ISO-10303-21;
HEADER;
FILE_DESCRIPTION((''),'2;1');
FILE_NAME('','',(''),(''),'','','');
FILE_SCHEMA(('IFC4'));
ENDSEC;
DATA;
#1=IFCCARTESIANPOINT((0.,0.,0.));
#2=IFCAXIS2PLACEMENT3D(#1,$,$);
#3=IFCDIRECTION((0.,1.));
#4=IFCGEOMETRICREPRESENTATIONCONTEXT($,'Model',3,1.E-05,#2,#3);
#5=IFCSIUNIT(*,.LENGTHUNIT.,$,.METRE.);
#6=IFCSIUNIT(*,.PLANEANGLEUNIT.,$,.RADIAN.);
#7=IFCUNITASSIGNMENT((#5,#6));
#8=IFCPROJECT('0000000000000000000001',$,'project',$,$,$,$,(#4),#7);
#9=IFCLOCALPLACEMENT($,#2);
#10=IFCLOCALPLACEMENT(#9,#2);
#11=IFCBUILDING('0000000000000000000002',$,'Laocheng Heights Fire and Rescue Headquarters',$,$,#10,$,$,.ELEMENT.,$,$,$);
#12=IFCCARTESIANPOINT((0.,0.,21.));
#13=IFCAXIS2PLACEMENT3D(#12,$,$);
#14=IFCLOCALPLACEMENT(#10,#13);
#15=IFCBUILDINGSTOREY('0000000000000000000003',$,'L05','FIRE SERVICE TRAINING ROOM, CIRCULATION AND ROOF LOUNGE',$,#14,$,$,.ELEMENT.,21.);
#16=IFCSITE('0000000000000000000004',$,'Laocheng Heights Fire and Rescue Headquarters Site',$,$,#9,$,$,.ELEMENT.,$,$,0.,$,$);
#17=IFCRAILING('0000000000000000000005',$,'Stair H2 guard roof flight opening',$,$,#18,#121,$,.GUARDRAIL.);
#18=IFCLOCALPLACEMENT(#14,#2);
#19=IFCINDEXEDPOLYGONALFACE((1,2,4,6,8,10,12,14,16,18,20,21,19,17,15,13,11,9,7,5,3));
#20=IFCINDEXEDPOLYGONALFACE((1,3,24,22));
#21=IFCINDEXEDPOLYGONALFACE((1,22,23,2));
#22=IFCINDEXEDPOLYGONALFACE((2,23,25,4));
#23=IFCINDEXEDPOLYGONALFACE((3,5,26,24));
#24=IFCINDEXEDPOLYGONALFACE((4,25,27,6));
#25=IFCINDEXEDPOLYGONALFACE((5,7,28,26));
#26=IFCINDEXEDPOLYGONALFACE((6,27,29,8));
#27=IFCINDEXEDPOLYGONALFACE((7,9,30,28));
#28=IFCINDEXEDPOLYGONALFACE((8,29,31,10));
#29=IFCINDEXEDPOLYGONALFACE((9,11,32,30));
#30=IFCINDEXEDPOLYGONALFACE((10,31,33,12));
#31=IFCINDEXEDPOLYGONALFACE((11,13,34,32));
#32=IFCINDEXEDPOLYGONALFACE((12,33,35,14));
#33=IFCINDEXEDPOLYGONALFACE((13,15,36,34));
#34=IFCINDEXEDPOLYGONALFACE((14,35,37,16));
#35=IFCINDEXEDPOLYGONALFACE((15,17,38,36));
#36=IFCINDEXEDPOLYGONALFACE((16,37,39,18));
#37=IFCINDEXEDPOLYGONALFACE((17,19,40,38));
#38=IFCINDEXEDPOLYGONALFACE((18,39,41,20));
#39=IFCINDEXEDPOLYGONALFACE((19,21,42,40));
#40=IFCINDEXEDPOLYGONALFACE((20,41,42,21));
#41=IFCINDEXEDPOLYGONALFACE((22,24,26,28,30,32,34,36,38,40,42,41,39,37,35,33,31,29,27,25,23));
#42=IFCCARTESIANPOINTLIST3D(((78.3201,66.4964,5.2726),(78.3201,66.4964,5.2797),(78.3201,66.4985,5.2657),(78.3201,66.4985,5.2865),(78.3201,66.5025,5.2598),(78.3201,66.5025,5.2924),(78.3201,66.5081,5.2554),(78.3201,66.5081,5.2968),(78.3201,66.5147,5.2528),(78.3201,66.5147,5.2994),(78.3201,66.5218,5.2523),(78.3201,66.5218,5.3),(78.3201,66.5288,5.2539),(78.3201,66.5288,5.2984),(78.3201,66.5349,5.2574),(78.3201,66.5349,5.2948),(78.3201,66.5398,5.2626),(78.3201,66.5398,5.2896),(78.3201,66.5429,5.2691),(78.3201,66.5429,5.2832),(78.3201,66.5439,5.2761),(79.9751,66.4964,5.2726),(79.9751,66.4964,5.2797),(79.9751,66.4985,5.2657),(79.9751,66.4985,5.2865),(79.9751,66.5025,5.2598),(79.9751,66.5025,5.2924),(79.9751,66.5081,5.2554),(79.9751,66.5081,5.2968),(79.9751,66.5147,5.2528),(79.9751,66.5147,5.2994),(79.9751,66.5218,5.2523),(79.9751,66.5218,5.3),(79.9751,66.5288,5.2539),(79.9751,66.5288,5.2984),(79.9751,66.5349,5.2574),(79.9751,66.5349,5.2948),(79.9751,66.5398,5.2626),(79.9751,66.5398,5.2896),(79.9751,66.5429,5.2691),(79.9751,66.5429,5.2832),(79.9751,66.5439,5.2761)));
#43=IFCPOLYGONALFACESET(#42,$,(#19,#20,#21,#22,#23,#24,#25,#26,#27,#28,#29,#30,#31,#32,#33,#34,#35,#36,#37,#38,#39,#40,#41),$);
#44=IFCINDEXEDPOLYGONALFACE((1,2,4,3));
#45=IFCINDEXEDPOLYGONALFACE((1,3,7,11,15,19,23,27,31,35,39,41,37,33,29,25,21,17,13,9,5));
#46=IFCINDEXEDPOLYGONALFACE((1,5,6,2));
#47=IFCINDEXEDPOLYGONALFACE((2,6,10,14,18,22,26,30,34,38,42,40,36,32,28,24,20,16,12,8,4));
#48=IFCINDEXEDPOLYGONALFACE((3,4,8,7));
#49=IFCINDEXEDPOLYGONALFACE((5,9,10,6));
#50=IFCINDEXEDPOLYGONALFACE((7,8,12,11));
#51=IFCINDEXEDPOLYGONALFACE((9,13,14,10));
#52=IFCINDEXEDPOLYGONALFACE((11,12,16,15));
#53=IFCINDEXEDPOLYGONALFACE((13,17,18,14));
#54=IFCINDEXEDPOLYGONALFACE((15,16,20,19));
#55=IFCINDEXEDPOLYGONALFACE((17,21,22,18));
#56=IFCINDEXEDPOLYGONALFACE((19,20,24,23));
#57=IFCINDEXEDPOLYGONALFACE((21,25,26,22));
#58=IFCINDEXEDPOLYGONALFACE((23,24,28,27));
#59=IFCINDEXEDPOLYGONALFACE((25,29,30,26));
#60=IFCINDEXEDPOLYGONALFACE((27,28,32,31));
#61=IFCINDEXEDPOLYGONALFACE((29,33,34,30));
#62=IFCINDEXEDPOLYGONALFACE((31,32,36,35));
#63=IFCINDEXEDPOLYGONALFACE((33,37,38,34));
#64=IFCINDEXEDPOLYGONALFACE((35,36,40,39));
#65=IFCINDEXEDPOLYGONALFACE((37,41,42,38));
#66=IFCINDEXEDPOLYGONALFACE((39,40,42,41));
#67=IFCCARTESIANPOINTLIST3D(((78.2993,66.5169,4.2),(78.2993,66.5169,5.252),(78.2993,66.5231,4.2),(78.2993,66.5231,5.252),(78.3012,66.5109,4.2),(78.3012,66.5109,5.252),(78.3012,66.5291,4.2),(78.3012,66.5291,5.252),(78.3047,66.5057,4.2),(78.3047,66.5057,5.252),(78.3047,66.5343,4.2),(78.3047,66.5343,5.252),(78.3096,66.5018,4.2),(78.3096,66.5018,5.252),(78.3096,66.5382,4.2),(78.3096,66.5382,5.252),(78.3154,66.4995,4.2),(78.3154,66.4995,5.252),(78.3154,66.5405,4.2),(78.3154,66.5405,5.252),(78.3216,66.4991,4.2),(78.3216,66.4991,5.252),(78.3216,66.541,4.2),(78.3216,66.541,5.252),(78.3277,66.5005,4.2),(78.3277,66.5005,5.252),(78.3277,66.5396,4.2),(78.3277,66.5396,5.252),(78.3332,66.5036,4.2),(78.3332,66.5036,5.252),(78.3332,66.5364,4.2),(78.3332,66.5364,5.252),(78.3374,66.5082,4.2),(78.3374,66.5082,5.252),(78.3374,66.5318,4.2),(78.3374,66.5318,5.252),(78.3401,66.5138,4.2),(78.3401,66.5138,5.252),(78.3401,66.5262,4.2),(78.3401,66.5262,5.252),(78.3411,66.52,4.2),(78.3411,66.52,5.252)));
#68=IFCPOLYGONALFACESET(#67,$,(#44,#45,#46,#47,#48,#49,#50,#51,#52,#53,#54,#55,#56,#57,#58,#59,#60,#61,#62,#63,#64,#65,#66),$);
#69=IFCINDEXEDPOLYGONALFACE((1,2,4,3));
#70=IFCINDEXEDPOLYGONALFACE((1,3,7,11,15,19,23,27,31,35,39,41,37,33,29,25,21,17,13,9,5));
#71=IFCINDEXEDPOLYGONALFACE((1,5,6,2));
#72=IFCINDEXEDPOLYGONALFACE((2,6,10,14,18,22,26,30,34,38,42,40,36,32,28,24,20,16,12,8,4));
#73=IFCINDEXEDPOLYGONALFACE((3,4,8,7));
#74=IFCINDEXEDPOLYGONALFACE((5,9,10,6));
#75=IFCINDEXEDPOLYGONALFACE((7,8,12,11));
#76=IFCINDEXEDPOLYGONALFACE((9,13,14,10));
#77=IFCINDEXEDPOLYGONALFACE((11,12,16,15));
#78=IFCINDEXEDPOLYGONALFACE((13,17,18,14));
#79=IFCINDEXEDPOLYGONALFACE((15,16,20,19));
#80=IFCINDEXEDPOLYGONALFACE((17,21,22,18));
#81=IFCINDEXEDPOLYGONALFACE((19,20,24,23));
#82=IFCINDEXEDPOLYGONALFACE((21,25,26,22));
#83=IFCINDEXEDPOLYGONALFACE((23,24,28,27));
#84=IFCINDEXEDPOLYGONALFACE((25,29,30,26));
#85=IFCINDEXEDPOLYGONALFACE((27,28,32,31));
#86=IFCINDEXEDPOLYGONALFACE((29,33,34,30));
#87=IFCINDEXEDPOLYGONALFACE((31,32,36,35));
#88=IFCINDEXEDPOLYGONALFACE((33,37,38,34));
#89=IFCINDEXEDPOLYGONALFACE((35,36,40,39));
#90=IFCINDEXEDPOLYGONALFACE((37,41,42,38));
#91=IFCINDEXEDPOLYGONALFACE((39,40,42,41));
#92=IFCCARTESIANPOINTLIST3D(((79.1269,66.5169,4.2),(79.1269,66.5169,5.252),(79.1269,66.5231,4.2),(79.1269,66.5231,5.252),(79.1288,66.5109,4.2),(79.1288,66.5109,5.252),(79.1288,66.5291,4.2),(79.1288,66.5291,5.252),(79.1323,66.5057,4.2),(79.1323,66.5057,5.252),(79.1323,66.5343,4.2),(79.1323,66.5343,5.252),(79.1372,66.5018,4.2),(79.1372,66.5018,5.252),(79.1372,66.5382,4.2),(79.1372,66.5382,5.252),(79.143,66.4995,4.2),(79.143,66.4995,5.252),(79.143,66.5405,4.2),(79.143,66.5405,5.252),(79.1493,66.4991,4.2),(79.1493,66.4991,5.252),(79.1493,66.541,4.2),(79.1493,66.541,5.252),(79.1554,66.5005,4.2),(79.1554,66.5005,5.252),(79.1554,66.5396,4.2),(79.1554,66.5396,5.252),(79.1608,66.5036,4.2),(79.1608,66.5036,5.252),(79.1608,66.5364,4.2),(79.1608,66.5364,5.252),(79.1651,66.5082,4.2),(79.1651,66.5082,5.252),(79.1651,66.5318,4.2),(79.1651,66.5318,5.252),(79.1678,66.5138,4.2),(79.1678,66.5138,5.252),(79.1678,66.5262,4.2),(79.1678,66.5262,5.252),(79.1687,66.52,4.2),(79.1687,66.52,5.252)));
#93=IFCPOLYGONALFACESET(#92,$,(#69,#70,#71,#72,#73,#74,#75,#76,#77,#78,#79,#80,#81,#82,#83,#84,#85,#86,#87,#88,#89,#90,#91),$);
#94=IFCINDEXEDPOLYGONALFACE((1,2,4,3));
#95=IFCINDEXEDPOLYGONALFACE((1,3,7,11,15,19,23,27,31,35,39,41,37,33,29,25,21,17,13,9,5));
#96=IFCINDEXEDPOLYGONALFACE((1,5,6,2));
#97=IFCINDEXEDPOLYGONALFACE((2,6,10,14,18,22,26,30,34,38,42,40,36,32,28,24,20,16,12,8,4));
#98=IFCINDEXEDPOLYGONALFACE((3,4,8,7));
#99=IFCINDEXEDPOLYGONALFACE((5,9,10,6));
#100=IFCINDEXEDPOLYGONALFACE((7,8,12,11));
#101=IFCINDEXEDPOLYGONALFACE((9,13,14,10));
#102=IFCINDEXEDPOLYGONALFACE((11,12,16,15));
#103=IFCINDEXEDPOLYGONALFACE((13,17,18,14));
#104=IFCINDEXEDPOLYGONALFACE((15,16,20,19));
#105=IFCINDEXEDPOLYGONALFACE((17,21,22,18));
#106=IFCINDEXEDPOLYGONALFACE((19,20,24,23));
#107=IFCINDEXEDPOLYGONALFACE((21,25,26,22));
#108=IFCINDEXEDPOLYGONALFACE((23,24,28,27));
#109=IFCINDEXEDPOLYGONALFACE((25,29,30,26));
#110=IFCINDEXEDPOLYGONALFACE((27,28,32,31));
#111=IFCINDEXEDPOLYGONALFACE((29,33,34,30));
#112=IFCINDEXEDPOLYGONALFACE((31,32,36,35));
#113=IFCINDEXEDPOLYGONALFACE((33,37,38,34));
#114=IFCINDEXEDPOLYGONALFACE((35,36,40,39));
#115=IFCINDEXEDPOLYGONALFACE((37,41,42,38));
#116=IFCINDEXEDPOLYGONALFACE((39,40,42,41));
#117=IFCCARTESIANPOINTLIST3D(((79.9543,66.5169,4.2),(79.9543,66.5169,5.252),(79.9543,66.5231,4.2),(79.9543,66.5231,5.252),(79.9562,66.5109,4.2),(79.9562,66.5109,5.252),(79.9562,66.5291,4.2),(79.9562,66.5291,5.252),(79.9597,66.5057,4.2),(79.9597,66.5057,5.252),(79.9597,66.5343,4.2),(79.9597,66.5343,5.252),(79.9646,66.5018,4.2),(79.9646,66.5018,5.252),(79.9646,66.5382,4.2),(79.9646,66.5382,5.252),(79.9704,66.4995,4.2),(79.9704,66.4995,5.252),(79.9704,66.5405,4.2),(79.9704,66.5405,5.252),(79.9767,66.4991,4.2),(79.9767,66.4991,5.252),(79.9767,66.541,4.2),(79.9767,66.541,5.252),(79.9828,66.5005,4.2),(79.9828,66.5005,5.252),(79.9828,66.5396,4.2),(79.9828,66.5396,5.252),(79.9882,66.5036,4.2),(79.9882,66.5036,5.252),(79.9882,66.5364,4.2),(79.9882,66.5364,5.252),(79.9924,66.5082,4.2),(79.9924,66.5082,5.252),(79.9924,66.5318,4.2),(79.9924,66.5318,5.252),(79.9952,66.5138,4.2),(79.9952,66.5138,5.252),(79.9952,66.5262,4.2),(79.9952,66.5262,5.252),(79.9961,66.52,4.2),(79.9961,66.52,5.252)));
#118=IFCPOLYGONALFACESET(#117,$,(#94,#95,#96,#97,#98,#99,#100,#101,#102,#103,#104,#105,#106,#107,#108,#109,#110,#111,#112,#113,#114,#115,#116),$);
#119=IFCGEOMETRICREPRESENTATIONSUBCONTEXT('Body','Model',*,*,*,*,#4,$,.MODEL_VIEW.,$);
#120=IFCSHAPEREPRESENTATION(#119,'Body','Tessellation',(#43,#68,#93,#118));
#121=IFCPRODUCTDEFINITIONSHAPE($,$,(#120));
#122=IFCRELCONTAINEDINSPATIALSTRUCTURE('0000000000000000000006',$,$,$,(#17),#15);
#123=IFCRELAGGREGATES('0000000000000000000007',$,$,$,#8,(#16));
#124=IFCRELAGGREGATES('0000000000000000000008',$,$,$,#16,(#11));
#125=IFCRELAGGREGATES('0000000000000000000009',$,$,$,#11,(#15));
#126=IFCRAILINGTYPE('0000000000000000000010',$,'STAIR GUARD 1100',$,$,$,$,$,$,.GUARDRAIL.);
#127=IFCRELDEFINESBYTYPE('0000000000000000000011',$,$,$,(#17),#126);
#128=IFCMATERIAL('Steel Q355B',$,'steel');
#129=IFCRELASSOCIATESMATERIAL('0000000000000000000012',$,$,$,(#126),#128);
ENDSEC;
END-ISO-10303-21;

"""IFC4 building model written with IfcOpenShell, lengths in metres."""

from ifc_helpers import new_model, si_unit, direction, frame, origin, origin_2d, place, context, subcontext, project, spatial, circle, extrude, material, type_object, element, save


model = new_model("IFC4")

# Units and contexts
model_context = context("Model", 3, precision=1e-05, world=origin(), true_north=direction((0.0, 1.0)))
body_context = subcontext(model_context, "Body", "Model", "MODEL_VIEW")
ifc_project = project(units=[si_unit("LENGTHUNIT", "METRE"), si_unit("PLANEANGLEUNIT", "RADIAN")], contexts=[model_context])

# Site, building, storey
site_placement = place(None, origin())
site = spatial("IfcSite", under=ifc_project, at=site_placement, Name="Laocheng Heights Fire and Rescue Headquarters Site", CompositionType="ELEMENT", RefElevation=0.0)
building_placement = place(site_placement, origin())
building = spatial("IfcBuilding", under=site, at=building_placement, Name="Laocheng Heights Fire and Rescue Headquarters", CompositionType="ELEMENT")
storey_placement = place(building_placement, frame((0.0, 0.0, 21.0)))
storey = spatial("IfcBuildingStorey", under=building, at=storey_placement, Name="L05", Description="FIRE SERVICE TRAINING ROOM, CIRCULATION AND ROOF LOUNGE", CompositionType="ELEMENT", Elevation=21.0)

# Railing
ifc_material_1 = material(Name="Steel Q355B", Category="steel")
railing_type_1 = type_object("IfcRailingType", Name="STAIR GUARD 1100", PredefinedType="GUARDRAIL", material=ifc_material_1)
railing_1_placement = place(storey_placement, frame((78.3201, 66.52, 4.2)))
element("IfcRailing", 1, at=railing_1_placement, inside=storey, type_object=railing_type_1, Name="Stair H2 guard roof flight opening", PredefinedType="GUARDRAIL", context=body_context, shape_type="SweptSolid", body=[
    extrude(circle(Radius=0.0239, at=origin_2d()), frame((0.0, 0.0, 1.0762), z_axis=(1.0, 0.0, 0.0), x_axis=(0.0, 1.0, 0.0)), (0.0, 0.0, 1.0), 1.655),
    extrude(circle(Radius=0.021, at=origin_2d()), origin(), (0.0, 0.0, 1.0), 1.052),
    extrude(circle(Radius=0.021, at=origin_2d()), frame((0.8276, 0.0, 0.0)), (0.0, 0.0, 1.0), 1.052),
    extrude(circle(Radius=0.021, at=origin_2d()), frame((1.655, 0.0, 0.0)), (0.0, 0.0, 1.0), 1.052),
])

save(model, "model.ifc")
